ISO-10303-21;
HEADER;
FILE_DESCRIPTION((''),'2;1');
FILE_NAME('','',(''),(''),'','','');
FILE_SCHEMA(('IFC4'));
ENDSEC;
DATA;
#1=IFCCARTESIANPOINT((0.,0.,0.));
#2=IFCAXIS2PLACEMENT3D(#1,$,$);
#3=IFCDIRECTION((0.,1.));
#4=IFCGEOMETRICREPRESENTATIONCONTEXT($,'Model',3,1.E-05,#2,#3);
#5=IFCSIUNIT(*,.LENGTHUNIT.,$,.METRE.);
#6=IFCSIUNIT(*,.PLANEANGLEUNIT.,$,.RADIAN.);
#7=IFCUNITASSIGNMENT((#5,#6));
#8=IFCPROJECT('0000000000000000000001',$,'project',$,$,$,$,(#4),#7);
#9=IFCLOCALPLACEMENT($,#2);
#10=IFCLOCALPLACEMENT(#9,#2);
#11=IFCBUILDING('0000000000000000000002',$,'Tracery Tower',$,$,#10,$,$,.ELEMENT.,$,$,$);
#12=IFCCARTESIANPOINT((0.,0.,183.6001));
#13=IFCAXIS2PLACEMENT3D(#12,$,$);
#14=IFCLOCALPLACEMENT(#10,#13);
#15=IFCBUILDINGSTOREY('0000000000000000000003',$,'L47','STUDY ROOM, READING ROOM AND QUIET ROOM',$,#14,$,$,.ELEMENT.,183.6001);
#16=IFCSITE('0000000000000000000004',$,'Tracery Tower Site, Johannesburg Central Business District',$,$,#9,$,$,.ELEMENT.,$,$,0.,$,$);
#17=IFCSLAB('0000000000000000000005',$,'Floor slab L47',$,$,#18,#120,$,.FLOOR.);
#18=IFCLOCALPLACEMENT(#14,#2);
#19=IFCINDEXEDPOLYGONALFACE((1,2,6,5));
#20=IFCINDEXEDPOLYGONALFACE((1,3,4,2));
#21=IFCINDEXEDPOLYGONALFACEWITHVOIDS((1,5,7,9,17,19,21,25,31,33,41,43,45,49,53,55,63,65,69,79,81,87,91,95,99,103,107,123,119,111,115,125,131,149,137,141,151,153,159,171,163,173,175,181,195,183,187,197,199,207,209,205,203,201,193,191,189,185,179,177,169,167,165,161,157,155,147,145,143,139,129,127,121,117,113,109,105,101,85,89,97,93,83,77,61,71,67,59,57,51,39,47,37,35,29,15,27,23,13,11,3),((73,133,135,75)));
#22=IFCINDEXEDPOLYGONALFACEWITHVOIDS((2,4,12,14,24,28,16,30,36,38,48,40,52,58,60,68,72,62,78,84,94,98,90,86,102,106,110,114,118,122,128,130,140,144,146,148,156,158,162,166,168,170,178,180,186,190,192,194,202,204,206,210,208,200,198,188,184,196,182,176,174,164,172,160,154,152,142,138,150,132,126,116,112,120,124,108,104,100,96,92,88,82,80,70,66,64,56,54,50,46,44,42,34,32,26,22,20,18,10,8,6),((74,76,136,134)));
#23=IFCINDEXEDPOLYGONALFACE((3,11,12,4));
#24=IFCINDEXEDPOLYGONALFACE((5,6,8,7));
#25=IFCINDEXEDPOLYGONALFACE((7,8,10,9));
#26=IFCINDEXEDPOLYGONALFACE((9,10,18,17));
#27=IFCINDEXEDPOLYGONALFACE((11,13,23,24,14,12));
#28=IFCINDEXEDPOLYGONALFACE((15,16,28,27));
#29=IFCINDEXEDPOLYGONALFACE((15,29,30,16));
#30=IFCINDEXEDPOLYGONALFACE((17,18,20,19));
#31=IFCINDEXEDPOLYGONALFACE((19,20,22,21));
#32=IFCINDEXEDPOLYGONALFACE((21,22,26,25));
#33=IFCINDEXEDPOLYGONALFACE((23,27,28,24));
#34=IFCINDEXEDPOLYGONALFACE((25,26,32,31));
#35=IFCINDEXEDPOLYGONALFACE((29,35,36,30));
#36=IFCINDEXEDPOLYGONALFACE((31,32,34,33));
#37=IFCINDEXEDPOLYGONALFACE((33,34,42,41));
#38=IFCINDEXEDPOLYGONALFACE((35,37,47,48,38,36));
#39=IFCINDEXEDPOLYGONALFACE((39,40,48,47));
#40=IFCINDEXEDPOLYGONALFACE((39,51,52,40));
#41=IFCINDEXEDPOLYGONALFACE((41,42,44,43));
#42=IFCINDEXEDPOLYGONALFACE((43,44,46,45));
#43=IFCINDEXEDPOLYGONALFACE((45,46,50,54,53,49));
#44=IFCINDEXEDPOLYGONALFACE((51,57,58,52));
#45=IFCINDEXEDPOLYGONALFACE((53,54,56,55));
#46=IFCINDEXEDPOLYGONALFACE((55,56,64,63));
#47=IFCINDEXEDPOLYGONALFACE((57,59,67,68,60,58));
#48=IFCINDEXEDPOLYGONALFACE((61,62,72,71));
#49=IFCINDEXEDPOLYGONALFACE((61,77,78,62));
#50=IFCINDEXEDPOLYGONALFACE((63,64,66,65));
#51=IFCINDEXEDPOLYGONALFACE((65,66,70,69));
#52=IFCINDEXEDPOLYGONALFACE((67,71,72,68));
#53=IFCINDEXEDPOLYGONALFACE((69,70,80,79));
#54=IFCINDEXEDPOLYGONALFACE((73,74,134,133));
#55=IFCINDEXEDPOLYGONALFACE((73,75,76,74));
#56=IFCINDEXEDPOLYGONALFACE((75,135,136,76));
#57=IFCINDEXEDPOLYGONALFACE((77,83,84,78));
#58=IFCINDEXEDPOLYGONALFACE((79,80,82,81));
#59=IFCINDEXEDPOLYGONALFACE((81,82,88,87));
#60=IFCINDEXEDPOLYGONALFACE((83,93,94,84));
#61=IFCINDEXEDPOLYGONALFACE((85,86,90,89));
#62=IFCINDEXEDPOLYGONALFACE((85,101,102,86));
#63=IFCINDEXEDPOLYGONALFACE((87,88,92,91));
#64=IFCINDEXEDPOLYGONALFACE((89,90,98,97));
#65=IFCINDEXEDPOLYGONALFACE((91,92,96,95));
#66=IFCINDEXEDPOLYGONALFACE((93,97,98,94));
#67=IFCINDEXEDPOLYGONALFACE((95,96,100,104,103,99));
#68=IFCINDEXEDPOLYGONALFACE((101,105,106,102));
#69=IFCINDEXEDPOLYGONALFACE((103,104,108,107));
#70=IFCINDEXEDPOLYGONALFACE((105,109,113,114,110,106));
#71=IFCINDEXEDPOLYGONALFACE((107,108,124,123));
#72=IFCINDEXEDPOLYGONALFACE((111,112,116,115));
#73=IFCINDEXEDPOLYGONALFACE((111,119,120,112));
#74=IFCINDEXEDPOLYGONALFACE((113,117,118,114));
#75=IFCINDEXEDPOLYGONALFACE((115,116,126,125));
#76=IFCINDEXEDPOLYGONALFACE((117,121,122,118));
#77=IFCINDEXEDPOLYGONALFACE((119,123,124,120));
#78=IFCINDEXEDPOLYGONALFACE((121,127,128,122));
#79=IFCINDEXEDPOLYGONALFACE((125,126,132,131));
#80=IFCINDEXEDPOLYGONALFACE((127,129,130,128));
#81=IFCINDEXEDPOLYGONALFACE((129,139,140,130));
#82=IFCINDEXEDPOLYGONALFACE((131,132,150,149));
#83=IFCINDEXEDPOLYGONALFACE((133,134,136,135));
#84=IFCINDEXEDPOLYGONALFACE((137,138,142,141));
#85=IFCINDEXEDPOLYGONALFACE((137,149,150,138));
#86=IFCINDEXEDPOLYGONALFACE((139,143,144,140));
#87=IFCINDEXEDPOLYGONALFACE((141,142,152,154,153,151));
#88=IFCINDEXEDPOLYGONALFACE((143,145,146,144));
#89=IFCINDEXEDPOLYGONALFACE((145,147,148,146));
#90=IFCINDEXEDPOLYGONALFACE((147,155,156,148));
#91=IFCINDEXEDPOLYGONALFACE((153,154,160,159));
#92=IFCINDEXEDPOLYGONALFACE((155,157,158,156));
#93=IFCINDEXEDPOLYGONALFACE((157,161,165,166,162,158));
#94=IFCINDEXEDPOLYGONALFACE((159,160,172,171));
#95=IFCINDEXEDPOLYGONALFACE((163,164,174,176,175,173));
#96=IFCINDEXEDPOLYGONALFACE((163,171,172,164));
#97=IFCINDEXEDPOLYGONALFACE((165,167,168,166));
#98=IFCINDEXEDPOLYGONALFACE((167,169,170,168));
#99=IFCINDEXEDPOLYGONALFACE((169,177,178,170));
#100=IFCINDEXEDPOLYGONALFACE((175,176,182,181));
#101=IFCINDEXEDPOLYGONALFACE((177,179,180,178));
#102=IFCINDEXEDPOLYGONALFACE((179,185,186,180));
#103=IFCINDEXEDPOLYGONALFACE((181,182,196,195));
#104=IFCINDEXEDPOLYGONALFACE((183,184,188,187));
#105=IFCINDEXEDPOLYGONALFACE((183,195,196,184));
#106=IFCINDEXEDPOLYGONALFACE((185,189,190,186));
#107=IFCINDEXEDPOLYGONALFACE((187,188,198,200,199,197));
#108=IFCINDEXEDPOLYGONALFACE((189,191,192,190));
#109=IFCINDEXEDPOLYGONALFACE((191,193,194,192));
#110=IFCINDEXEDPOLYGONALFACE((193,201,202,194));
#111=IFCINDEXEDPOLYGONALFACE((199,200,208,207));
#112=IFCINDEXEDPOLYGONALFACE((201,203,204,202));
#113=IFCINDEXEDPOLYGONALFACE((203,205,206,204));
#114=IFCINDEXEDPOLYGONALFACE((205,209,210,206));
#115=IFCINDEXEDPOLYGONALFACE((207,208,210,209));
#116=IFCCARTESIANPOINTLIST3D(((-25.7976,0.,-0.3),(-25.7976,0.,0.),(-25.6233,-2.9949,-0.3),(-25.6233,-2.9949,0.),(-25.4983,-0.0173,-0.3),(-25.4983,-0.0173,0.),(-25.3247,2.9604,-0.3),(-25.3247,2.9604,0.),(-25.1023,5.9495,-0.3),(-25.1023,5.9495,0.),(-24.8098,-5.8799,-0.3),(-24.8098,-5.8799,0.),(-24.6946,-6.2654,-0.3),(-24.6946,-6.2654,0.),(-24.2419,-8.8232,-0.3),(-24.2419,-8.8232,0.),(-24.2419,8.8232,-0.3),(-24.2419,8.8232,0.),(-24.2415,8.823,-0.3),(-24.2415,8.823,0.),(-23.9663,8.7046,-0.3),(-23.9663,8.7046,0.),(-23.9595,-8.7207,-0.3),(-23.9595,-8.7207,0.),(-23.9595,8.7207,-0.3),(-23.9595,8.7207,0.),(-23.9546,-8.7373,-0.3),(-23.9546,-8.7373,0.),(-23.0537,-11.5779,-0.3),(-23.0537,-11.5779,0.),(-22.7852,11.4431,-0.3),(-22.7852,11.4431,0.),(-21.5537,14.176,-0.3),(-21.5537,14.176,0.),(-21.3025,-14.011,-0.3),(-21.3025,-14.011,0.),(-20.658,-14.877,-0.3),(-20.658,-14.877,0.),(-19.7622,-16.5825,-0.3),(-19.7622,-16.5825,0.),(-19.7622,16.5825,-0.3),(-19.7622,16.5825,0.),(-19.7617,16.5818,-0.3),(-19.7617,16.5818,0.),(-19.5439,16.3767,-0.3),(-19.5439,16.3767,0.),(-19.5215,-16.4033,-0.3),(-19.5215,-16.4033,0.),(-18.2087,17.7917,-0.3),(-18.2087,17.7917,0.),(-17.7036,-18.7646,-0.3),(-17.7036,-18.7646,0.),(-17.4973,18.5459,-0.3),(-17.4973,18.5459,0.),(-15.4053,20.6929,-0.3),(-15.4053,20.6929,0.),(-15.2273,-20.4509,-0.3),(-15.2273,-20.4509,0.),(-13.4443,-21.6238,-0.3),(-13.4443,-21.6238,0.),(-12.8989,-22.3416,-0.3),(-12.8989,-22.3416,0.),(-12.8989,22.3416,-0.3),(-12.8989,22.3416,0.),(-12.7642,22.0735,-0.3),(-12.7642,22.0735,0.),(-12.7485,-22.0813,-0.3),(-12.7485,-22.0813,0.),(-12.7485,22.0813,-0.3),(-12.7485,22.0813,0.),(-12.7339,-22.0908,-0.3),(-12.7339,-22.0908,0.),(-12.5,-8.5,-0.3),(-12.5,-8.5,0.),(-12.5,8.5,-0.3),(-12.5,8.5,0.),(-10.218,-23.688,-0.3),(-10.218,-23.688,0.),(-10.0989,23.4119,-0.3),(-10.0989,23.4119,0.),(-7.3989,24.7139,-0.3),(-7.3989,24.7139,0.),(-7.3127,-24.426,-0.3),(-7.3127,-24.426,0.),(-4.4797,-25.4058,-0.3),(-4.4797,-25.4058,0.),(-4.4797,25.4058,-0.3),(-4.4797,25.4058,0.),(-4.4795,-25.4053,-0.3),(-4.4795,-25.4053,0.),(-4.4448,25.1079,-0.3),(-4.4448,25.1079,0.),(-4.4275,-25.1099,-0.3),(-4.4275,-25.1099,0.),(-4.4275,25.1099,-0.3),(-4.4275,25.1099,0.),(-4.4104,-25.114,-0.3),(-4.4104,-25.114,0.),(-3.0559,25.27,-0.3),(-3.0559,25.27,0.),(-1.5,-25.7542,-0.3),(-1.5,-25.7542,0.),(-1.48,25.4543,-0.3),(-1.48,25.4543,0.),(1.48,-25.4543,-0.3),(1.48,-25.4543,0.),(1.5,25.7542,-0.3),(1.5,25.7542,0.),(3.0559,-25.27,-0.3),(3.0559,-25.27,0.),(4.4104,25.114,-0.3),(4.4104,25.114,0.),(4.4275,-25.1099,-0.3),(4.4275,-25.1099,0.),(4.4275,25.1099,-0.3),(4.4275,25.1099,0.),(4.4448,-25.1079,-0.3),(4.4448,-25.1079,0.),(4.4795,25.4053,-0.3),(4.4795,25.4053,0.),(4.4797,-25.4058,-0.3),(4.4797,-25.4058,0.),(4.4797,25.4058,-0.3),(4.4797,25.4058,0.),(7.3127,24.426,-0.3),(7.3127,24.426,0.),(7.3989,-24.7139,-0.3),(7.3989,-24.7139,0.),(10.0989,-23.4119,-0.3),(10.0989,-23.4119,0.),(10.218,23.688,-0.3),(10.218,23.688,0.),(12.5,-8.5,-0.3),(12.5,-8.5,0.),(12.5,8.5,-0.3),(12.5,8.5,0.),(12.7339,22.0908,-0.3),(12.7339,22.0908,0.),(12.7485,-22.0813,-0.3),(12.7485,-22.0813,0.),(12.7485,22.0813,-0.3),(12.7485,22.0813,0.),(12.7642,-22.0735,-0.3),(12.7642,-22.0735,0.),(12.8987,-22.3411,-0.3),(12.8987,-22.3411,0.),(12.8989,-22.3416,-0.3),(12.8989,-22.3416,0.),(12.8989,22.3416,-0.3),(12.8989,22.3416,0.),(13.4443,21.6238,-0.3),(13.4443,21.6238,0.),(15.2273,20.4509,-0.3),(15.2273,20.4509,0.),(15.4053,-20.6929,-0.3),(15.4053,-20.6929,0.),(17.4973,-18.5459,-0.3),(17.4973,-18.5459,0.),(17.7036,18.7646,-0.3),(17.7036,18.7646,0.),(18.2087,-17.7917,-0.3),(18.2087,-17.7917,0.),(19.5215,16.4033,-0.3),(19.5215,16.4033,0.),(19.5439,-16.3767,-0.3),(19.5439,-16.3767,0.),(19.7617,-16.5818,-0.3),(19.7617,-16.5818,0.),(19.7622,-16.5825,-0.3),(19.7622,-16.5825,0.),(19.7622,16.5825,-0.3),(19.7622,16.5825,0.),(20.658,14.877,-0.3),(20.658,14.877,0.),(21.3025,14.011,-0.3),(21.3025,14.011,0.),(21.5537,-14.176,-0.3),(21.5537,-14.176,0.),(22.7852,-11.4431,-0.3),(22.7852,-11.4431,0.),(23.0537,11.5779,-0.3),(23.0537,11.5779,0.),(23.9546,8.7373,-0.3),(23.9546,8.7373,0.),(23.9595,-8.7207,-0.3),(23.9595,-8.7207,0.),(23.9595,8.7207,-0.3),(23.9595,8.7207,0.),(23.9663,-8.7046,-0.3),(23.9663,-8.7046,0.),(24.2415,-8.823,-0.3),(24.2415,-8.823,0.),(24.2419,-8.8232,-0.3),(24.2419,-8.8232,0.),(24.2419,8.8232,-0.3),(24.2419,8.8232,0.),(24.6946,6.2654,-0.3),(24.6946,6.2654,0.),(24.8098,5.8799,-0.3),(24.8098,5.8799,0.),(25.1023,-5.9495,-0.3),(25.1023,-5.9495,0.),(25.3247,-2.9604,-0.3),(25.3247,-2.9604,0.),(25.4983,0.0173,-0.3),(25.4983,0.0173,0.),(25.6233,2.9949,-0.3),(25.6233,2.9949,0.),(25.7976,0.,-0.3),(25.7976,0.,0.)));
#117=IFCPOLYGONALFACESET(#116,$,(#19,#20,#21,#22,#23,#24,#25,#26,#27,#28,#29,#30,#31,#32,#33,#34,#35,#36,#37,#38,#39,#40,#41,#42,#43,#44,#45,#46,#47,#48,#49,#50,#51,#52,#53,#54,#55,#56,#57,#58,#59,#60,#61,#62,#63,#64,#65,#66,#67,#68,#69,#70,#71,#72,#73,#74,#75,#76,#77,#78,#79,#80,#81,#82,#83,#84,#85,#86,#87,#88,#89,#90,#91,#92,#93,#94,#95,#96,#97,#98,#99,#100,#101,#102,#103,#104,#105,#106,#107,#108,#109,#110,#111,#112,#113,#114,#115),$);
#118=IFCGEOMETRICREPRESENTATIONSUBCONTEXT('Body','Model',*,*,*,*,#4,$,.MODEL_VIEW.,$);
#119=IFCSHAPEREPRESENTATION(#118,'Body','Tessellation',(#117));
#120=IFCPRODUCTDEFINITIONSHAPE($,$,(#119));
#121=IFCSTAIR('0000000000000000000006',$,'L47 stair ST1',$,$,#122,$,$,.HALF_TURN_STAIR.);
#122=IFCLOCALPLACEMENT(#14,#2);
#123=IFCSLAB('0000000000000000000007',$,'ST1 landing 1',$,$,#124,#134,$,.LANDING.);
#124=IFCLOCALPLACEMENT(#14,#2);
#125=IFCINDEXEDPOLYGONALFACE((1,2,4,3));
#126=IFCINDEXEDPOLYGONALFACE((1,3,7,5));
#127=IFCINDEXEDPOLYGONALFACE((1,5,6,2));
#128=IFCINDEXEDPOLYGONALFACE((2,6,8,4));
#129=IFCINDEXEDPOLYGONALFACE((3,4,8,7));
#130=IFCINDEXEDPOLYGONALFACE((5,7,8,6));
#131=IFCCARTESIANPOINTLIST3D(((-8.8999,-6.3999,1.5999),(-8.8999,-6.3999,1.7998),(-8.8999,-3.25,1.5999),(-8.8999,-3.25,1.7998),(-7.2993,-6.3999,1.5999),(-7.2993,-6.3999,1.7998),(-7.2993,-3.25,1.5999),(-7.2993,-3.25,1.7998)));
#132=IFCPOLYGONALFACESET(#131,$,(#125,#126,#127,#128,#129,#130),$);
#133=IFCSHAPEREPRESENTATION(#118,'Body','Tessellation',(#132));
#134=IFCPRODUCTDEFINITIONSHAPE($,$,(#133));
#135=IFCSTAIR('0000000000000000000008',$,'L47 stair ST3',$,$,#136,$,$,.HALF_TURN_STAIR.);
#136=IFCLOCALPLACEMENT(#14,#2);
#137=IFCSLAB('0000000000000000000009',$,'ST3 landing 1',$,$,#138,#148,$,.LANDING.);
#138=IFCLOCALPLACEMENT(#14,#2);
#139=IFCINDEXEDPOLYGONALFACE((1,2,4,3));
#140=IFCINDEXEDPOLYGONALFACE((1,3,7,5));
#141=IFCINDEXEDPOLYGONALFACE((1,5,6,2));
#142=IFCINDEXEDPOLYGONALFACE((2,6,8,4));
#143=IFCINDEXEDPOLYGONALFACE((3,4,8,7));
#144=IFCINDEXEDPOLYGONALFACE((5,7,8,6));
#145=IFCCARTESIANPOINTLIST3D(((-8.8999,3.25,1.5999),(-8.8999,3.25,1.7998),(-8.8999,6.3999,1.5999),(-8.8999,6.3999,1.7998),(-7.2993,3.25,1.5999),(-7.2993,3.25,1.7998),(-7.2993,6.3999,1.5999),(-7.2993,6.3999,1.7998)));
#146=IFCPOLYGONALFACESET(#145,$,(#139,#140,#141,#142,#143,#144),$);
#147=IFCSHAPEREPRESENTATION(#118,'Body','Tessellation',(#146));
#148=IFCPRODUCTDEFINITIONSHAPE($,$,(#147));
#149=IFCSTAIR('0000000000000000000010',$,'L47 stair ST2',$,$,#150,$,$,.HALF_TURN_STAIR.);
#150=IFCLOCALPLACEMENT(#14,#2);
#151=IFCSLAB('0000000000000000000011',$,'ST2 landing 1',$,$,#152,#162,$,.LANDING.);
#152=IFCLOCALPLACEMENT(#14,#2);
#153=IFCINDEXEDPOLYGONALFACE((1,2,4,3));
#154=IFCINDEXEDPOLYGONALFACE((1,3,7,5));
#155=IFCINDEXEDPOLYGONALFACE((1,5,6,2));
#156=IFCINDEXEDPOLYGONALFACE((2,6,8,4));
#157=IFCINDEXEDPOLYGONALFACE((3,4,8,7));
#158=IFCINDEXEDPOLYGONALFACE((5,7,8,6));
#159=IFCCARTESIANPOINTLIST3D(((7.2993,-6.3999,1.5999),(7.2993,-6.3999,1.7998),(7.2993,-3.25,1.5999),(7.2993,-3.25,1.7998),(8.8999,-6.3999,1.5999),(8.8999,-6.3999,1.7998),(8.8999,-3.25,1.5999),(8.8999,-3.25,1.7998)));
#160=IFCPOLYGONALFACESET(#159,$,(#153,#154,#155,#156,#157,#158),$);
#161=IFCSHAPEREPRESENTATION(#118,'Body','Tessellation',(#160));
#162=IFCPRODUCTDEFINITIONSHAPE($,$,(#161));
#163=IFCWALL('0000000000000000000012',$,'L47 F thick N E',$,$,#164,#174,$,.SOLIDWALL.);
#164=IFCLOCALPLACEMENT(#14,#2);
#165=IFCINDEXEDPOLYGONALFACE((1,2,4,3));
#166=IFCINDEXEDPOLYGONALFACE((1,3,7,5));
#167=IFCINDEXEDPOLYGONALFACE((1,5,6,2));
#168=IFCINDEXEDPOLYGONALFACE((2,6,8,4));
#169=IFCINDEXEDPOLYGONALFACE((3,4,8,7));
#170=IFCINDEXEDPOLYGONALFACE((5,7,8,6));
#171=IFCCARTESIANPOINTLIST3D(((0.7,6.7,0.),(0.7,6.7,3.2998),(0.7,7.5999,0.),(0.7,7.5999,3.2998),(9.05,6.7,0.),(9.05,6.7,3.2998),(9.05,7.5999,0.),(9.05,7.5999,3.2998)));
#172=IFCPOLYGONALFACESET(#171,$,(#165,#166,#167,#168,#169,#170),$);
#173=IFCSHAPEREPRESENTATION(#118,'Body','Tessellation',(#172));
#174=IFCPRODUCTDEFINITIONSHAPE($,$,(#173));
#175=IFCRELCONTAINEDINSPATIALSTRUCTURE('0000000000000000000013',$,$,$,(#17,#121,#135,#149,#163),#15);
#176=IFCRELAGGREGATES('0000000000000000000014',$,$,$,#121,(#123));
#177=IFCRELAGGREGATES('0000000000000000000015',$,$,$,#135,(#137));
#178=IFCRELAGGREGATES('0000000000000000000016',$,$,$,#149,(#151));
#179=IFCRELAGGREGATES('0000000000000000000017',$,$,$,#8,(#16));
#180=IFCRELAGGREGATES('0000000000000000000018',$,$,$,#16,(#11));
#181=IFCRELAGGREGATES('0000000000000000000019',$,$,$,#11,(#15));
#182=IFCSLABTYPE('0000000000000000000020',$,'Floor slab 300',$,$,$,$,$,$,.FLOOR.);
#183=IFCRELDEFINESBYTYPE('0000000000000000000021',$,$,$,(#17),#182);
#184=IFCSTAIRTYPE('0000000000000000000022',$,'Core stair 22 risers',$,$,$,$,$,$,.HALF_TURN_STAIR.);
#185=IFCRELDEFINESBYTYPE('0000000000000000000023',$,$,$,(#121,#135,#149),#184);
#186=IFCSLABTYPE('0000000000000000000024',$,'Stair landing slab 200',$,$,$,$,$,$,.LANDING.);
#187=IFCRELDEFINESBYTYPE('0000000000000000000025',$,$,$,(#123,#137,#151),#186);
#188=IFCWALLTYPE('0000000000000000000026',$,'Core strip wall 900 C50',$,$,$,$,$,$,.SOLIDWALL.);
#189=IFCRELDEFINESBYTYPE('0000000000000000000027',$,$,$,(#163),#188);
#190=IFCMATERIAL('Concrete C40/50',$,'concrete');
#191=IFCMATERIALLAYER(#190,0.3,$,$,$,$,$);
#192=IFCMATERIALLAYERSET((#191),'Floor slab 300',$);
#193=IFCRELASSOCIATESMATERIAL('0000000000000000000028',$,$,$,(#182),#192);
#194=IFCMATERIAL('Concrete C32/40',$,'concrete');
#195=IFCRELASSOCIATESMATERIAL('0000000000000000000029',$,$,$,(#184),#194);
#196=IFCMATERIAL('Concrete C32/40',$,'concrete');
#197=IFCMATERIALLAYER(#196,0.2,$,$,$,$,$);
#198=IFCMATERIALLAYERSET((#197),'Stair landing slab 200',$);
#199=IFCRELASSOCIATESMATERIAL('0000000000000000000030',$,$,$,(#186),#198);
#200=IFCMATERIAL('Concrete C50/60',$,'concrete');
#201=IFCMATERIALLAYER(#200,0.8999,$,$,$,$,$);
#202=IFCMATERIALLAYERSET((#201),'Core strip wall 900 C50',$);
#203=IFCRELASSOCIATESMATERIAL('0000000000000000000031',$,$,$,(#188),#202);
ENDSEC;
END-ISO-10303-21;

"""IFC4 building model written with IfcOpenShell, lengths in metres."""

from ifc_helpers import new_model, si_unit, direction, frame, frame_2d, origin, place, context, subcontext, project, spatial, polyline, rectangle, outline, extrude, material, layer, layer_set, type_object, element, aggregate, save


model = new_model("IFC4")

# Units and contexts
model_context = context("Model", 3, precision=1e-05, world=origin(), true_north=direction((0.0, 1.0)))
body_context = subcontext(model_context, "Body", "Model", "MODEL_VIEW")
ifc_project = project(units=[si_unit("LENGTHUNIT", "METRE"), si_unit("PLANEANGLEUNIT", "RADIAN")], contexts=[model_context])

# Site, building, storey
site_placement = place(None, origin())
site = spatial("IfcSite", under=ifc_project, at=site_placement, Name="Tracery Tower Site, Johannesburg Central Business District", CompositionType="ELEMENT", RefElevation=0.0)
building_placement = place(site_placement, origin())
building = spatial("IfcBuilding", under=site, at=building_placement, Name="Tracery Tower", CompositionType="ELEMENT")
storey_placement = place(building_placement, frame((0.0, 0.0, 183.6001)))
storey = spatial("IfcBuildingStorey", under=building, at=storey_placement, Name="L47", Description="STUDY ROOM, READING ROOM AND QUIET ROOM", CompositionType="ELEMENT", Elevation=183.6001)

# Slab
ifc_material_1 = material(Name="Concrete C40/50", Category="concrete")
ifc_layer_1 = layer(ifc_material_1, 0.3)
ifc_layer_set_1 = layer_set([ifc_layer_1], Name="Floor slab 300")
slab_type_1 = type_object("IfcSlabType", Name="Floor slab 300", PredefinedType="FLOOR", material=ifc_layer_set_1)
slab_1_placement = place(storey_placement, frame((0.0, 0.0, -0.3)))
element("IfcSlab", 1, at=slab_1_placement, inside=storey, type_object=slab_type_1, Name="Floor slab L47", PredefinedType="FLOOR", context=body_context, shape_type="SweptSolid", body=[
    extrude(outline(polyline([(24.8098, 5.8799), (24.6946, 6.2654), (23.9595, 8.7207), (23.9595, 8.7207), (23.9546, 8.7373), (24.2419, 8.8232), (23.0537, 11.5779), (21.3025, 14.011), (20.658, 14.877), (19.5215, 16.4033), (19.7622, 16.5825), (17.7036, 18.7646), (15.2273, 20.4509), (13.4443, 21.6238), (12.7485, 22.0813), (12.7485, 22.0813), (12.7339, 22.0908), (12.8989, 22.3416), (10.218, 23.688), (7.3127, 24.426), (4.4275, 25.1099), (4.4275, 25.1099), (4.4104, 25.114), (4.4795, 25.4053), (4.4797, 25.4058), (1.5, 25.7542), (-1.48, 25.4543), (-3.0559, 25.27), (-4.4275, 25.1099), (-4.4275, 25.1099), (-4.4448, 25.1079), (-4.4797, 25.4058), (-7.3989, 24.7139), (-10.0989, 23.4119), (-12.7485, 22.0813), (-12.7485, 22.0813), (-12.7642, 22.0735), (-12.8989, 22.3416), (-15.4053, 20.6929), (-17.4973, 18.5459), (-18.2087, 17.7917), (-19.5439, 16.3767), (-19.7617, 16.5818), (-19.7622, 16.5825), (-21.5537, 14.176), (-22.7852, 11.4431), (-23.9595, 8.7207), (-23.9595, 8.7207), (-23.9663, 8.7046), (-24.2415, 8.823), (-24.2419, 8.8232), (-25.1023, 5.9495), (-25.3247, 2.9604), (-25.4983, -0.0173), (-25.7976, 0.0), (-25.7976, 0.0), (-25.6233, -2.9949), (-24.8098, -5.8799), (-24.6946, -6.2654), (-23.9595, -8.7207), (-23.9595, -8.7207), (-23.9546, -8.7373), (-24.2419, -8.8232), (-23.0537, -11.5779), (-21.3025, -14.011), (-20.658, -14.877), (-19.5215, -16.4033), (-19.7622, -16.5825), (-17.7036, -18.7646), (-15.2273, -20.4509), (-13.4443, -21.6238), (-12.7485, -22.0813), (-12.7485, -22.0813), (-12.7339, -22.0908), (-12.8989, -22.3416), (-10.218, -23.688), (-7.3127, -24.426), (-4.4275, -25.1099), (-4.4275, -25.1099), (-4.4104, -25.114), (-4.4795, -25.4053), (-4.4797, -25.4058), (-1.5, -25.7542), (1.48, -25.4543), (3.0559, -25.27), (4.4275, -25.1099), (4.4275, -25.1099), (4.4448, -25.1079), (4.4797, -25.4058), (7.3989, -24.7139), (10.0989, -23.4119), (12.7485, -22.0813), (12.7485, -22.0813), (12.7642, -22.0735), (12.8987, -22.3411), (12.8989, -22.3416), (15.4053, -20.6929), (17.4973, -18.5459), (18.2087, -17.7917), (19.5439, -16.3767), (19.7617, -16.5818), (19.7622, -16.5825), (21.5537, -14.176), (22.7852, -11.4431), (23.9595, -8.7207), (23.9595, -8.7207), (23.9663, -8.7046), (24.2415, -8.823), (24.2419, -8.8232), (25.1023, -5.9495), (25.3247, -2.9604), (25.4983, 0.0173), (25.7976, 0.0), (25.6233, 2.9949), (24.8098, 5.8799)]), holes=[polyline([(-12.5, -8.5), (12.5, -8.5), (12.5, 8.5), (-12.5, 8.5), (-12.5, -8.5)])]), origin(), (0.0, 0.0, 1.0), 0.3),
])

# Stairs, slabs
ifc_material_2 = material(Name="Concrete C32/40", Category="concrete")
stair_type = type_object("IfcStairType", Name="Core stair 22 risers", PredefinedType="HALF_TURN_STAIR", material=ifc_material_2)
stair_1_placement = place(storey_placement, origin())
stair_1 = element("IfcStair", 2, at=stair_1_placement, inside=storey, type_object=stair_type, Name="L47 stair ST1", PredefinedType="HALF_TURN_STAIR")
ifc_material_3 = material(Name="Concrete C32/40", Category="concrete")
ifc_layer_2 = layer(ifc_material_3, 0.2)
ifc_layer_set_2 = layer_set([ifc_layer_2], Name="Stair landing slab 200")
slab_type_2 = type_object("IfcSlabType", Name="Stair landing slab 200", PredefinedType="LANDING", material=ifc_layer_set_2)
slab_2_placement = place(storey_placement, frame((0.0, 0.0, 1.5999)))
slab_2 = element("IfcSlab", 3, at=slab_2_placement, type_object=slab_type_2, Name="ST1 landing 1", PredefinedType="LANDING", context=body_context, shape_type="SweptSolid", body=[
    extrude(outline(polyline([(-7.2993, -3.25), (-8.8999, -3.25), (-8.8999, -6.3999), (-7.2993, -6.3999), (-7.2993, -3.25)])), origin(), (0.0, 0.0, 1.0), 0.2),
])
aggregate(stair_1, [slab_2])
stair_2_placement = place(storey_placement, origin())
stair_2 = element("IfcStair", 4, at=stair_2_placement, inside=storey, type_object=stair_type, Name="L47 stair ST3", PredefinedType="HALF_TURN_STAIR")
slab_3_placement = place(storey_placement, frame((0.0, 0.0, 1.5999)))
slab_3 = element("IfcSlab", 5, at=slab_3_placement, type_object=slab_type_2, Name="ST3 landing 1", PredefinedType="LANDING", context=body_context, shape_type="SweptSolid", body=[
    extrude(outline(polyline([(-7.2993, 6.3999), (-8.8999, 6.3999), (-8.8999, 3.25), (-7.2993, 3.25), (-7.2993, 6.3999)])), origin(), (0.0, 0.0, 1.0), 0.2),
])
aggregate(stair_2, [slab_3])
stair_3_placement = place(storey_placement, origin())
stair_3 = element("IfcStair", 6, at=stair_3_placement, inside=storey, type_object=stair_type, Name="L47 stair ST2", PredefinedType="HALF_TURN_STAIR")
slab_4_placement = place(storey_placement, frame((0.0, 0.0, 1.5999)))
slab_4 = element("IfcSlab", 7, at=slab_4_placement, type_object=slab_type_2, Name="ST2 landing 1", PredefinedType="LANDING", context=body_context, shape_type="SweptSolid", body=[
    extrude(outline(polyline([(7.2993, -6.3999), (8.8999, -6.3999), (8.8999, -3.25), (7.2993, -3.25), (7.2993, -6.3999)])), origin(), (0.0, 0.0, 1.0), 0.2),
])
aggregate(stair_3, [slab_4])

# Wall
ifc_material_4 = material(Name="Concrete C50/60", Category="concrete")
ifc_layer_3 = layer(ifc_material_4, 0.8999)
ifc_layer_set_3 = layer_set([ifc_layer_3], Name="Core strip wall 900 C50")
wall_type_1 = type_object("IfcWallType", Name="Core strip wall 900 C50", PredefinedType="SOLIDWALL", material=ifc_layer_set_3)
wall_1_placement = place(storey_placement, frame((0.7, 7.1499, 0.0), z_axis=(0.0, 0.0, 1.0), x_axis=(1.0, 0.0, 0.0)))
element("IfcWall", 8, at=wall_1_placement, inside=storey, type_object=wall_type_1, Name="L47 F thick N E", PredefinedType="SOLIDWALL", context=body_context, shape_type="SweptSolid", body=[
    extrude(rectangle(XDim=8.3501, YDim=0.8999, at=frame_2d((4.175, 0.0))), origin(), (0.0, 0.0, 1.0), 3.2998),
])

save(model, "model.ifc")
